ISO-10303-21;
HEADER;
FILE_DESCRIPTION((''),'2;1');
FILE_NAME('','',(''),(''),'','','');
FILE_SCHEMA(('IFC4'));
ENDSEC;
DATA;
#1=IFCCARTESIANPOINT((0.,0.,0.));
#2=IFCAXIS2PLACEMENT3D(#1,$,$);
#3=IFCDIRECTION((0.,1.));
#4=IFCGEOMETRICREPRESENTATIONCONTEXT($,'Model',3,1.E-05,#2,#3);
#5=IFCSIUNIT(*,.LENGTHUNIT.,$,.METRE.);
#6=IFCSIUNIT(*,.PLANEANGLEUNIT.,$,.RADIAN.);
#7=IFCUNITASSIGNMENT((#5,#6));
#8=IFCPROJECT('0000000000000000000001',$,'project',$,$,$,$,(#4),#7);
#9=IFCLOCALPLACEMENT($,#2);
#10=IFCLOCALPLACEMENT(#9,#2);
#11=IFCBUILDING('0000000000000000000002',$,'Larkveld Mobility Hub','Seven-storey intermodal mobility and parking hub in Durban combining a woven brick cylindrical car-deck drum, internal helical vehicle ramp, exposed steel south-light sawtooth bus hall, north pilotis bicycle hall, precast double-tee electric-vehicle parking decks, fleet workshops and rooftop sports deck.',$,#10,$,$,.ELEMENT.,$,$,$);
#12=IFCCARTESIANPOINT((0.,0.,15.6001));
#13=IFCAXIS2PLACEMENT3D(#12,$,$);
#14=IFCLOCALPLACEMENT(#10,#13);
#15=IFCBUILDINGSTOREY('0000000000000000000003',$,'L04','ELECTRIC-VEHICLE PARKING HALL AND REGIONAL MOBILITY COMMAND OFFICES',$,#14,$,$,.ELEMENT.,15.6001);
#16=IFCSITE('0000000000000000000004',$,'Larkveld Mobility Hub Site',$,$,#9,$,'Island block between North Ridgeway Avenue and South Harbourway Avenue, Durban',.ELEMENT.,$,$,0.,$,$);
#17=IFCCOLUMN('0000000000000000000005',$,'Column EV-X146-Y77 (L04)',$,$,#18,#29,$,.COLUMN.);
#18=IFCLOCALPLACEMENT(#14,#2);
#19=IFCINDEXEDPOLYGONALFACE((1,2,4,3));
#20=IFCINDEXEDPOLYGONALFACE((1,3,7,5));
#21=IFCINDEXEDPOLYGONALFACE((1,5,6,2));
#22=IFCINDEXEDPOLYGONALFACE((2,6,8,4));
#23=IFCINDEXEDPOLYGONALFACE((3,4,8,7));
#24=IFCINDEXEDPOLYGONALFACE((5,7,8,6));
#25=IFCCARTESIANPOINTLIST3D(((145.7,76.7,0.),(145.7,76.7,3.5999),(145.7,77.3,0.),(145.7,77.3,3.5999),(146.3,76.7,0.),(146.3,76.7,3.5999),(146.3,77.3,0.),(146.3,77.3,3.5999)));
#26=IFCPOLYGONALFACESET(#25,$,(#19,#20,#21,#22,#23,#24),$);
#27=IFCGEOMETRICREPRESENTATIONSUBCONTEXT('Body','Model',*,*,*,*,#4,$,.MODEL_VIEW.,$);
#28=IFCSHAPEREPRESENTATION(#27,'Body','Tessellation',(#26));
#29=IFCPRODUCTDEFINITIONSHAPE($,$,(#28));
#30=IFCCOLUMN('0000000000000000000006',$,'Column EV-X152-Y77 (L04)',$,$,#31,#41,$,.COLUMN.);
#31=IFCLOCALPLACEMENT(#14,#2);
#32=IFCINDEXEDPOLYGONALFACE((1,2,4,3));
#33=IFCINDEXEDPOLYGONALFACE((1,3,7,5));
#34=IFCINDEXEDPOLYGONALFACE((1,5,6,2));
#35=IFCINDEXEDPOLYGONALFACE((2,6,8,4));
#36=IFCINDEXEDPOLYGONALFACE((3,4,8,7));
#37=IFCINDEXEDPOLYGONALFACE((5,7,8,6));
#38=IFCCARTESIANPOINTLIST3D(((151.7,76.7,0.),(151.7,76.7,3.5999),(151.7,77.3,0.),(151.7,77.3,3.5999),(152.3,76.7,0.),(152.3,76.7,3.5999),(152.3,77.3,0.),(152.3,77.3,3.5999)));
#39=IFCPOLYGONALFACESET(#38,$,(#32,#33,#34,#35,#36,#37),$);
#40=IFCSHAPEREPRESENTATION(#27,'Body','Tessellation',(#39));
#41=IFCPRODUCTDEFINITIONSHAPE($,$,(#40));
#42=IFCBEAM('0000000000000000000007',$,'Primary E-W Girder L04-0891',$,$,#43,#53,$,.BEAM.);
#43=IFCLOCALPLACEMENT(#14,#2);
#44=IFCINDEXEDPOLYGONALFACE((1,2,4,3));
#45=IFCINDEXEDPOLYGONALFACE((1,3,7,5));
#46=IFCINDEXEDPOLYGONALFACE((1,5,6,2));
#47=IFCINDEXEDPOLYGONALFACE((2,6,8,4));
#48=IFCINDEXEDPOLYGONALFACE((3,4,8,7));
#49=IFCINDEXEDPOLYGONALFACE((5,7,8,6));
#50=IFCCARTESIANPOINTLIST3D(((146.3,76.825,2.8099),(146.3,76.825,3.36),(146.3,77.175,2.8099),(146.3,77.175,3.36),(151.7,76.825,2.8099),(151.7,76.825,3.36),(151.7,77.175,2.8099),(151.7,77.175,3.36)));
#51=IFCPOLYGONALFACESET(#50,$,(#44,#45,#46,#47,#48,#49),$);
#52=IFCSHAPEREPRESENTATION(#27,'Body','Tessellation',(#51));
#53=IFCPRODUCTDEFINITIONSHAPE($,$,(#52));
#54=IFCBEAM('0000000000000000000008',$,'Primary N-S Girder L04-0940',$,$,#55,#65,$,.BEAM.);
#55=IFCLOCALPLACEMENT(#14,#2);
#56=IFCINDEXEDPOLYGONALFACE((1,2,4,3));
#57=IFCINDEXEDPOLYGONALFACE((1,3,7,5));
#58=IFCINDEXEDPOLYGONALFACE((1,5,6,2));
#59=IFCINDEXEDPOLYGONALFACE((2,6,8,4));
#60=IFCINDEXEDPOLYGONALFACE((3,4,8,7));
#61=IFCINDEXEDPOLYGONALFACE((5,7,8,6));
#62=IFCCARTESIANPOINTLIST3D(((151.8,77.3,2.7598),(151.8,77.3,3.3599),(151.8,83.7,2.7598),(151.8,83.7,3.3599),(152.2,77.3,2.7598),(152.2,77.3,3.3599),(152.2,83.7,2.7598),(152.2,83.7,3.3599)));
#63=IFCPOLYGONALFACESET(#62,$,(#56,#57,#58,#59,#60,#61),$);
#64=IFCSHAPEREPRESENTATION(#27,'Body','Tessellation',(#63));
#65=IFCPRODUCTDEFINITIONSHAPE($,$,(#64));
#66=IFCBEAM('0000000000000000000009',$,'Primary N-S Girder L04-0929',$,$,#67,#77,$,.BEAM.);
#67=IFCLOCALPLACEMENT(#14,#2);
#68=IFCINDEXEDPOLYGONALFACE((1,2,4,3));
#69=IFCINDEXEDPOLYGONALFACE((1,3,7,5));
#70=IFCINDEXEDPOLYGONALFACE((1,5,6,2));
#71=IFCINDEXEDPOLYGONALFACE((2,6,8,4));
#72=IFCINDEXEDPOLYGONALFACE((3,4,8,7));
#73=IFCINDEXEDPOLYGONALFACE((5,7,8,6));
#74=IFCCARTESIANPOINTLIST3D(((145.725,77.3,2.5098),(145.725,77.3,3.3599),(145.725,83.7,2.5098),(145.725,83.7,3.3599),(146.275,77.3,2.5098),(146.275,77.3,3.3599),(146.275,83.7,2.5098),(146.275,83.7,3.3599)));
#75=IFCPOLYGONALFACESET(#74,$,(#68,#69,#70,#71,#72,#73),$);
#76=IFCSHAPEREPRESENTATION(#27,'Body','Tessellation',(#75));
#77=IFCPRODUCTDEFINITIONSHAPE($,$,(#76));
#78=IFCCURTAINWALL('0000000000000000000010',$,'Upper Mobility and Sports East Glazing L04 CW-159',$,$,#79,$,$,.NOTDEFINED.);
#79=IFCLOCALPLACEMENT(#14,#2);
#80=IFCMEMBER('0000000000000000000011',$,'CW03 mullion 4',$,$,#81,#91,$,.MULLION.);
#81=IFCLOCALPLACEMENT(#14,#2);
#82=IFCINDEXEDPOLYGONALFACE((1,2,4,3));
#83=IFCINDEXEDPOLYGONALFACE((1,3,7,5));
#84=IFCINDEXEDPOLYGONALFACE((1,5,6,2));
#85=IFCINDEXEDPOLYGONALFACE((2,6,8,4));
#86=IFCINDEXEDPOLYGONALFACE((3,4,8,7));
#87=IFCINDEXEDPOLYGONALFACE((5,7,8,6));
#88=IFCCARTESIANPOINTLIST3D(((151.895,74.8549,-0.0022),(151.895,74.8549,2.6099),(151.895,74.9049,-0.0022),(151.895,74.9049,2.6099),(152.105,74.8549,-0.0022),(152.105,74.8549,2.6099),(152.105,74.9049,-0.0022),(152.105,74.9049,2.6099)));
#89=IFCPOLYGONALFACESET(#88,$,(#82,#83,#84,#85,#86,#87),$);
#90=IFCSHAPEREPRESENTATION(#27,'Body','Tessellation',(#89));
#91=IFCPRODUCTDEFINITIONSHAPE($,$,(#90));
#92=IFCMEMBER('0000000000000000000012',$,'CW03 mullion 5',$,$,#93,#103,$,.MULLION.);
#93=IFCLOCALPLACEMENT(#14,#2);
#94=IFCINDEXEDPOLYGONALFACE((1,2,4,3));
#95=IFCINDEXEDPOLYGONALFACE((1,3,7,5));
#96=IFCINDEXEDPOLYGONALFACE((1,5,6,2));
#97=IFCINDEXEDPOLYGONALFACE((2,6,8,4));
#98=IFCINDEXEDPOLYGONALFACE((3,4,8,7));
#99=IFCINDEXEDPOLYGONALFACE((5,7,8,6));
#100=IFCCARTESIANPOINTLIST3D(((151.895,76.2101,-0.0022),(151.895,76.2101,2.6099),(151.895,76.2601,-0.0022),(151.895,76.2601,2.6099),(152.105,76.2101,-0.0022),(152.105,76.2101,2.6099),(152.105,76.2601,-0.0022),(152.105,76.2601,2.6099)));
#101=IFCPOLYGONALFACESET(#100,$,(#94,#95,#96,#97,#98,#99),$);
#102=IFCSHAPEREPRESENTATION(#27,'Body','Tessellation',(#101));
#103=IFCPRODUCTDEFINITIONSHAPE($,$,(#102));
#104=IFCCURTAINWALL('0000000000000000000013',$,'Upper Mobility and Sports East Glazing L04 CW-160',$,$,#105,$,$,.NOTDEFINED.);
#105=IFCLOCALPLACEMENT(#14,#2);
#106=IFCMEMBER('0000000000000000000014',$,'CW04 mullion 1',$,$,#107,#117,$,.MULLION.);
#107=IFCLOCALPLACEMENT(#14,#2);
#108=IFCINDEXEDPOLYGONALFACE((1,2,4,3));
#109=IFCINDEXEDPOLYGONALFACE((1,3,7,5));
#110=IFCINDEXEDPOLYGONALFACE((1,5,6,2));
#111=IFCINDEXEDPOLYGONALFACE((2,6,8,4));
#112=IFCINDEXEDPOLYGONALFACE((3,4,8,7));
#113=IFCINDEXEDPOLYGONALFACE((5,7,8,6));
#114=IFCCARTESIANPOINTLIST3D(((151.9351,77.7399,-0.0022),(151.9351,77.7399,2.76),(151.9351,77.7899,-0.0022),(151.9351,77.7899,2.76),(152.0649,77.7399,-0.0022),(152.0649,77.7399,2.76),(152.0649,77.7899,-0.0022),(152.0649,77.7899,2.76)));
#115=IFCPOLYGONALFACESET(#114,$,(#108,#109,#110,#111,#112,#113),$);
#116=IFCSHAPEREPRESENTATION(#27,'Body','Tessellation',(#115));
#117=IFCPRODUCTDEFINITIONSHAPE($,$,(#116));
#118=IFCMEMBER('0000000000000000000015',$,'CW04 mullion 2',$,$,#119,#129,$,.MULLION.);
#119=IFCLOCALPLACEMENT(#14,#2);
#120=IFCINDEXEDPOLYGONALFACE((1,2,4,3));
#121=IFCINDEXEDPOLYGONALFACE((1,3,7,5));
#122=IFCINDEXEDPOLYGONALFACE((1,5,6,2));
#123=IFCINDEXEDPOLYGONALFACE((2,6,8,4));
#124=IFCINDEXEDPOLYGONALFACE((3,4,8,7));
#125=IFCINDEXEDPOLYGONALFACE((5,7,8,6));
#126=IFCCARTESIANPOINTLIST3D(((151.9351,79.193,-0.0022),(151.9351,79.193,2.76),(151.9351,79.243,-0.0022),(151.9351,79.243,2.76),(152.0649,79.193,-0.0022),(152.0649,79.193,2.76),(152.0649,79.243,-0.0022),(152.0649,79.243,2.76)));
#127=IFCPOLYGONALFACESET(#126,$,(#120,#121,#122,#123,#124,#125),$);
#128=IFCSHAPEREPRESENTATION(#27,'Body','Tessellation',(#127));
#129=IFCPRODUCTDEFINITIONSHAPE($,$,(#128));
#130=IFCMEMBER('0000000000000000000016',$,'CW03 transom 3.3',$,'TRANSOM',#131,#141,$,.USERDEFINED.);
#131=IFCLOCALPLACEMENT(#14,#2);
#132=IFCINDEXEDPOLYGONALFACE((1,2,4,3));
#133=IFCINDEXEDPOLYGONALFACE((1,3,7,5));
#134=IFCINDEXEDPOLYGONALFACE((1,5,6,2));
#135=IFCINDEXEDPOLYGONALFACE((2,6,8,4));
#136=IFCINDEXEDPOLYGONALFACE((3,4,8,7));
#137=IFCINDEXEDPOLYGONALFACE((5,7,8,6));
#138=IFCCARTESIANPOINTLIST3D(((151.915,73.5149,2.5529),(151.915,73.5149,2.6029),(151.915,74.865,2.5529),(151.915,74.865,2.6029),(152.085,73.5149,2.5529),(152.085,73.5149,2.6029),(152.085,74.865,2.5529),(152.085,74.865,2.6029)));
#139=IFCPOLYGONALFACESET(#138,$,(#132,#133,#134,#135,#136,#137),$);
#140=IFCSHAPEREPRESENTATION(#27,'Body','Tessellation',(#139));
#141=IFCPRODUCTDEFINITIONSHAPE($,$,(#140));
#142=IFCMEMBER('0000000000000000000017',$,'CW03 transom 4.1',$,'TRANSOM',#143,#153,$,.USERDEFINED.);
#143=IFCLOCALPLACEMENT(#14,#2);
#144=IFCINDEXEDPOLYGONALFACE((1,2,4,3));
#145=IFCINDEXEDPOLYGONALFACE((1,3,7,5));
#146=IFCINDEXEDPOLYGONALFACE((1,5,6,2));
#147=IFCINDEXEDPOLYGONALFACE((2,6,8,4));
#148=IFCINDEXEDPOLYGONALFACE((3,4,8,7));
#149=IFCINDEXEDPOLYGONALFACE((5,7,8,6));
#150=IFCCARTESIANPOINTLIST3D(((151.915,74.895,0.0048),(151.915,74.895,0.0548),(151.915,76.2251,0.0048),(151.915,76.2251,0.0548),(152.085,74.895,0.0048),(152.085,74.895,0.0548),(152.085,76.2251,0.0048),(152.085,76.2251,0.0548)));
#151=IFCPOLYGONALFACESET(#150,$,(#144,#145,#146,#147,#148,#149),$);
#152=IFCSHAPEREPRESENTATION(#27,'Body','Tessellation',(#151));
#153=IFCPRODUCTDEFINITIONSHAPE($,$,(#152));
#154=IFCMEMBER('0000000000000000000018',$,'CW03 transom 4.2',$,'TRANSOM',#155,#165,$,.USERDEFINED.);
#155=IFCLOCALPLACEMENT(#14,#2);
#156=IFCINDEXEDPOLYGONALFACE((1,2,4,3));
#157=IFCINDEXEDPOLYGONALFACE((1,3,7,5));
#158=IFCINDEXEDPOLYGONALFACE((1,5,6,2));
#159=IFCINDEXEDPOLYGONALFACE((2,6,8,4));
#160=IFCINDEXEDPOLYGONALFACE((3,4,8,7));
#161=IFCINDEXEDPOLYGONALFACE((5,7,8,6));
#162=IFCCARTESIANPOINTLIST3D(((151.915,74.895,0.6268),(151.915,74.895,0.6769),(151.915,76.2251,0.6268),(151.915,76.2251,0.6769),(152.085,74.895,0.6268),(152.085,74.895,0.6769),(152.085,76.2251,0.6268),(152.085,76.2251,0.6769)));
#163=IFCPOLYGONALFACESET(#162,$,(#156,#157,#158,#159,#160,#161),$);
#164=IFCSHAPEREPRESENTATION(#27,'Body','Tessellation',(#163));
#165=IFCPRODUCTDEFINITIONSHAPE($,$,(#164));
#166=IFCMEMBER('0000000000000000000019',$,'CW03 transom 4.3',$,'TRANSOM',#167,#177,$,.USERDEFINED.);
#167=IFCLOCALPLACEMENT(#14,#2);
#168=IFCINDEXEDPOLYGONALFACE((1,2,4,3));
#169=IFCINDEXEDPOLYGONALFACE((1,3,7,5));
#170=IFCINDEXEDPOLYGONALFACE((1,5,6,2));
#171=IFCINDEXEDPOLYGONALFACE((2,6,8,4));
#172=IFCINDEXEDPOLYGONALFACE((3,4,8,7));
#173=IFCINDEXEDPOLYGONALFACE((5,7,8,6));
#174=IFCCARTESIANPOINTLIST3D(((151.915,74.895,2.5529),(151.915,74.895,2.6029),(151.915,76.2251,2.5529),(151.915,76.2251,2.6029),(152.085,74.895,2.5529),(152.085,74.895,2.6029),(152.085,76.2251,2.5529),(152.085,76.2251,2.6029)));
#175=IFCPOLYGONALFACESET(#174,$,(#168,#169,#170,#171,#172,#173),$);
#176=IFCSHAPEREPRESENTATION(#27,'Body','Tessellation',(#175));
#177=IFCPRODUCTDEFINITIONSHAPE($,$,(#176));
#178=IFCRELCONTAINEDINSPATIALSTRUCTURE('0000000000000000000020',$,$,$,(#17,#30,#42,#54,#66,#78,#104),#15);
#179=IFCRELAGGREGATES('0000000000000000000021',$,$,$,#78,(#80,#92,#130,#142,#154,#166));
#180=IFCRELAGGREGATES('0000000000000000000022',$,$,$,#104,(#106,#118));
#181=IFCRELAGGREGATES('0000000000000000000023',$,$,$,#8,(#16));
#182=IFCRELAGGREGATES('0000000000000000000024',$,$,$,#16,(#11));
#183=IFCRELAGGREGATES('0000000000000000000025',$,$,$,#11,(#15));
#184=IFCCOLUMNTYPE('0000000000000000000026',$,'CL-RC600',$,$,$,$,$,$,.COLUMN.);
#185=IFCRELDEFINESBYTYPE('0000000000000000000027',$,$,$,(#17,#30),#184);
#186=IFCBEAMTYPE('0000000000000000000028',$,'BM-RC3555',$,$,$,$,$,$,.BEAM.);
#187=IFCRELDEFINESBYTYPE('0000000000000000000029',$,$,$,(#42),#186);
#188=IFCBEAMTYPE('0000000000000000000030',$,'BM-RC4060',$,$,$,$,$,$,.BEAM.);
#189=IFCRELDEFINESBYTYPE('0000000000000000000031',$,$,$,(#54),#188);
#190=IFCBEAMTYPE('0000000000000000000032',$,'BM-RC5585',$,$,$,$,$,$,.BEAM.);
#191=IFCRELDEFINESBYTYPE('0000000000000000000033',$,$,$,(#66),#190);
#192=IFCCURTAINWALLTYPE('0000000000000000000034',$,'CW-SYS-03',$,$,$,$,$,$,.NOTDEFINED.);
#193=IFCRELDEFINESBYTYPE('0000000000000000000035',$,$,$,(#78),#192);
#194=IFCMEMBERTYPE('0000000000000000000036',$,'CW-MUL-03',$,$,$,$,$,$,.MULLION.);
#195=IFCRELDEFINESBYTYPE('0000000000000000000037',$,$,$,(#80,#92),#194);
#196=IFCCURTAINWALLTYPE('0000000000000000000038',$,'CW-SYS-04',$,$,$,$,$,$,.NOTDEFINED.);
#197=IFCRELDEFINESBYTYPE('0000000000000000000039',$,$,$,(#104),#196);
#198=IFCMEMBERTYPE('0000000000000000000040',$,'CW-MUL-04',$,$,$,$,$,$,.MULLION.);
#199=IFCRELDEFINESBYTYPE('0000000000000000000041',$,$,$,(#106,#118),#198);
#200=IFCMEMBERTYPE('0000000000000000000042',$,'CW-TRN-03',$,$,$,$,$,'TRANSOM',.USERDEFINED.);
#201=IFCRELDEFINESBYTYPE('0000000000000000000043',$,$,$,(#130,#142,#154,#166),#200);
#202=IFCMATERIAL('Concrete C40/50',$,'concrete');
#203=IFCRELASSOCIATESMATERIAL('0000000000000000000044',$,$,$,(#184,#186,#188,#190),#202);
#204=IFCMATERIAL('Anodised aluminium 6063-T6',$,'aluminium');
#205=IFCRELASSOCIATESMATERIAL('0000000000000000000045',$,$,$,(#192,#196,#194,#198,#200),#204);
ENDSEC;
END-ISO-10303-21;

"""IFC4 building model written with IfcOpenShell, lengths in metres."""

from ifc_helpers import new_model, si_unit, direction, frame, origin, origin_2d, place, context, subcontext, project, spatial, rectangle, extrude, material, material_profile, profile_set, type_object, element, aggregate, save


model = new_model("IFC4")

# Units and contexts
model_context = context("Model", 3, precision=1e-05, world=origin(), true_north=direction((0.0, 1.0)))
body_context = subcontext(model_context, "Body", "Model", "MODEL_VIEW")
ifc_project = project(units=[si_unit("LENGTHUNIT", "METRE"), si_unit("PLANEANGLEUNIT", "RADIAN")], contexts=[model_context])

# Site, building, storey
site_placement = place(None, origin())
site = spatial("IfcSite", under=ifc_project, at=site_placement, Name="Larkveld Mobility Hub Site", LongName="Island block between North Ridgeway Avenue and South Harbourway Avenue, Durban", CompositionType="ELEMENT", RefElevation=0.0)
building_placement = place(site_placement, origin())
building = spatial("IfcBuilding", under=site, at=building_placement, Name="Larkveld Mobility Hub", Description="Seven-storey intermodal mobility and parking hub in Durban combining a woven brick cylindrical car-deck drum, internal helical vehicle ramp, exposed steel south-light sawtooth bus hall, north pilotis bicycle hall, precast double-tee electric-vehicle parking decks, fleet workshops and rooftop sports deck.", CompositionType="ELEMENT")
storey_placement = place(building_placement, frame((0.0, 0.0, 15.6001)))
storey = spatial("IfcBuildingStorey", under=building, at=storey_placement, Name="L04", Description="ELECTRIC-VEHICLE PARKING HALL AND REGIONAL MOBILITY COMMAND OFFICES", CompositionType="ELEMENT", Elevation=15.6001)

# Columns
ifc_material_1 = material(Name="Concrete C40/50", Category="concrete")
ifc_material_profile_1 = material_profile(ifc_material_1, rectangle(XDim=0.6001, YDim=0.6001, at=origin_2d()), Name="RC COL 600x600")
ifc_profile_set_1 = profile_set([ifc_material_profile_1], Name="Concrete C40/50")
column_type = type_object("IfcColumnType", Name="CL-RC600", PredefinedType="COLUMN", material=ifc_profile_set_1)
for number, where, z_axis, x_axis, name in (
    (1, (146.0, 77.0, 0.0), (0.0, 0.0, 1.0), (1.0, 0.0, 0.0), "Column EV-X146-Y77 (L04)"),
    (2, (152.0, 77.0, 0.0), (0.0, 0.0, 1.0), (1.0, 0.0, 0.0), "Column EV-X152-Y77 (L04)"),
):
    element("IfcColumn", number, at=place(storey_placement, frame(where, z_axis=z_axis, x_axis=x_axis)), inside=storey, type_object=column_type, Name=name, PredefinedType="COLUMN", context=body_context, shape_type="SweptSolid", body=[
        extrude(rectangle(XDim=0.6001, YDim=0.6001, at=origin_2d()), origin(), (0.0, 0.0, 1.0), 3.5999),
    ])

# Beams
ifc_material_profile_2 = material_profile(ifc_material_1, rectangle(XDim=0.3501, YDim=0.55, at=origin_2d()), Name="RC BM 350x550")
ifc_profile_set_2 = profile_set([ifc_material_profile_2], Name="Concrete C40/50")
beam_type_1 = type_object("IfcBeamType", Name="BM-RC3555", PredefinedType="BEAM", material=ifc_profile_set_2)
beam_1_placement = place(storey_placement, frame((146.3, 77.0, 3.085), z_axis=(1.0, 0.0, 0.0), x_axis=(0.0, 1.0, 0.0)))
element("IfcBeam", 3, at=beam_1_placement, inside=storey, type_object=beam_type_1, Name="Primary E-W Girder L04-0891", PredefinedType="BEAM", context=body_context, shape_type="SweptSolid", body=[
    extrude(rectangle(XDim=0.3501, YDim=0.55, at=origin_2d()), origin(), (0.0, 0.0, 1.0), 5.3999),
])
ifc_material_profile_3 = material_profile(ifc_material_1, rectangle(XDim=0.3999, YDim=0.6001, at=origin_2d()), Name="RC BM 400x600")
ifc_profile_set_3 = profile_set([ifc_material_profile_3], Name="Concrete C40/50")
beam_type_2 = type_object("IfcBeamType", Name="BM-RC4060", PredefinedType="BEAM", material=ifc_profile_set_3)
beam_2_placement = place(storey_placement, frame((152.0, 77.3, 3.0598), z_axis=(0.0, 1.0, 0.0), x_axis=(-1.0, 0.0, 0.0)))
element("IfcBeam", 4, at=beam_2_placement, inside=storey, type_object=beam_type_2, Name="Primary N-S Girder L04-0940", PredefinedType="BEAM", context=body_context, shape_type="SweptSolid", body=[
    extrude(rectangle(XDim=0.3999, YDim=0.6001, at=origin_2d()), origin(), (0.0, 0.0, 1.0), 6.3999),
])
ifc_material_profile_4 = material_profile(ifc_material_1, rectangle(XDim=0.55, YDim=0.8501, at=origin_2d()), Name="RC BM 550x850")
ifc_profile_set_4 = profile_set([ifc_material_profile_4], Name="Concrete C40/50")
beam_type_3 = type_object("IfcBeamType", Name="BM-RC5585", PredefinedType="BEAM", material=ifc_profile_set_4)
beam_3_placement = place(storey_placement, frame((146.0, 77.3, 2.9348), z_axis=(0.0, 1.0, 0.0), x_axis=(-1.0, 0.0, 0.0)))
element("IfcBeam", 5, at=beam_3_placement, inside=storey, type_object=beam_type_3, Name="Primary N-S Girder L04-0929", PredefinedType="BEAM", context=body_context, shape_type="SweptSolid", body=[
    extrude(rectangle(XDim=0.55, YDim=0.8501, at=origin_2d()), origin(), (0.0, 0.0, 1.0), 6.3999),
])

# Curtain walls, members
ifc_material_2 = material(Name="Anodised aluminium 6063-T6", Category="aluminium")
curtain_wall_type_1 = type_object("IfcCurtainWallType", Name="CW-SYS-03", PredefinedType="NOTDEFINED", material=ifc_material_2)
curtain_wall_1_placement = place(storey_placement, origin())
curtain_wall_1 = element("IfcCurtainWall", 6, at=curtain_wall_1_placement, inside=storey, type_object=curtain_wall_type_1, Name="Upper Mobility and Sports East Glazing L04 CW-159", PredefinedType="NOTDEFINED")
ifc_material_profile_5 = material_profile(ifc_material_2, rectangle(XDim=0.05, YDim=0.21, at=origin_2d()), Name="ALU MULL 50x210")
ifc_profile_set_5 = profile_set([ifc_material_profile_5], Name="Anodised aluminium 6063-T6")
member_type_1 = type_object("IfcMemberType", Name="CW-MUL-03", PredefinedType="MULLION", material=ifc_profile_set_5)
member_1_placement = place(storey_placement, frame((152.0, 74.8799, -0.0022), z_axis=(0.0, 0.0, 1.0), x_axis=(0.0, 1.0, 0.0)))
member_1 = element("IfcMember", 7, at=member_1_placement, type_object=member_type_1, Name="CW03 mullion 4", PredefinedType="MULLION", context=body_context, shape_type="SweptSolid", body=[
    extrude(rectangle(XDim=0.05, YDim=0.21, at=origin_2d()), origin(), (0.0, 0.0, 1.0), 2.6121),
])
member_2_placement = place(storey_placement, frame((152.0, 76.2351, -0.0022), z_axis=(0.0, 0.0, 1.0), x_axis=(0.0, 1.0, 0.0)))
member_2 = element("IfcMember", 8, at=member_2_placement, type_object=member_type_1, Name="CW03 mullion 5", PredefinedType="MULLION", context=body_context, shape_type="SweptSolid", body=[
    extrude(rectangle(XDim=0.05, YDim=0.21, at=origin_2d()), origin(), (0.0, 0.0, 1.0), 2.6121),
])
curtain_wall_type_2 = type_object("IfcCurtainWallType", Name="CW-SYS-04", PredefinedType="NOTDEFINED", material=ifc_material_2)
curtain_wall_2_placement = place(storey_placement, origin())
curtain_wall_2 = element("IfcCurtainWall", 9, at=curtain_wall_2_placement, inside=storey, type_object=curtain_wall_type_2, Name="Upper Mobility and Sports East Glazing L04 CW-160", PredefinedType="NOTDEFINED")
ifc_material_profile_6 = material_profile(ifc_material_2, rectangle(XDim=0.05, YDim=0.1299, at=origin_2d()), Name="ALU MULL 50x130")
ifc_profile_set_6 = profile_set([ifc_material_profile_6], Name="Anodised aluminium 6063-T6")
member_type_2 = type_object("IfcMemberType", Name="CW-MUL-04", PredefinedType="MULLION", material=ifc_profile_set_6)
member_3_placement = place(storey_placement, frame((152.0, 77.7649, -0.0022), z_axis=(0.0, 0.0, 1.0), x_axis=(0.0, 1.0, 0.0)))
member_3 = element("IfcMember", 10, at=member_3_placement, type_object=member_type_2, Name="CW04 mullion 1", PredefinedType="MULLION", context=body_context, shape_type="SweptSolid", body=[
    extrude(rectangle(XDim=0.05, YDim=0.1299, at=origin_2d()), origin(), (0.0, 0.0, 1.0), 2.7622),
])
member_4_placement = place(storey_placement, frame((152.0, 79.218, -0.0022), z_axis=(0.0, 0.0, 1.0), x_axis=(0.0, 1.0, 0.0)))
member_4 = element("IfcMember", 11, at=member_4_placement, type_object=member_type_2, Name="CW04 mullion 2", PredefinedType="MULLION", context=body_context, shape_type="SweptSolid", body=[
    extrude(rectangle(XDim=0.05, YDim=0.1299, at=origin_2d()), origin(), (0.0, 0.0, 1.0), 2.7622),
])

# Members
ifc_material_profile_7 = material_profile(ifc_material_2, rectangle(XDim=0.1699, YDim=0.05, at=origin_2d()), Name="ALU TRAN 50x170")
ifc_profile_set_7 = profile_set([ifc_material_profile_7], Name="Anodised aluminium 6063-T6")
member_type_3 = type_object("IfcMemberType", Name="CW-TRN-03", ElementType="TRANSOM", PredefinedType="USERDEFINED", material=ifc_profile_set_7)
member_5_placement = place(storey_placement, frame((152.0, 73.5149, 2.5779), z_axis=(0.0, 1.0, 0.0), x_axis=(-1.0, 0.0, 0.0)))
member_5 = element("IfcMember", 12, at=member_5_placement, type_object=member_type_3, Name="CW03 transom 3.3", ObjectType="TRANSOM", PredefinedType="USERDEFINED", context=body_context, shape_type="SweptSolid", body=[
    extrude(rectangle(XDim=0.1699, YDim=0.05, at=origin_2d()), origin(), (0.0, 0.0, 1.0), 1.3501),
])
member_6_placement = place(storey_placement, frame((152.0, 74.895, 0.0298), z_axis=(0.0, 1.0, 0.0), x_axis=(-1.0, 0.0, 0.0)))
member_6 = element("IfcMember", 13, at=member_6_placement, type_object=member_type_3, Name="CW03 transom 4.1", ObjectType="TRANSOM", PredefinedType="USERDEFINED", context=body_context, shape_type="SweptSolid", body=[
    extrude(rectangle(XDim=0.1699, YDim=0.05, at=origin_2d()), origin(), (0.0, 0.0, 1.0), 1.3301),
])
member_7_placement = place(storey_placement, frame((152.0, 74.895, 0.6519), z_axis=(0.0, 1.0, 0.0), x_axis=(-1.0, 0.0, 0.0)))
member_7 = element("IfcMember", 14, at=member_7_placement, type_object=member_type_3, Name="CW03 transom 4.2", ObjectType="TRANSOM", PredefinedType="USERDEFINED", context=body_context, shape_type="SweptSolid", body=[
    extrude(rectangle(XDim=0.1699, YDim=0.05, at=origin_2d()), origin(), (0.0, 0.0, 1.0), 1.3301),
])
member_8_placement = place(storey_placement, frame((152.0, 74.895, 2.5779), z_axis=(0.0, 1.0, 0.0), x_axis=(-1.0, 0.0, 0.0)))
member_8 = element("IfcMember", 15, at=member_8_placement, type_object=member_type_3, Name="CW03 transom 4.3", ObjectType="TRANSOM", PredefinedType="USERDEFINED", context=body_context, shape_type="SweptSolid", body=[
    extrude(rectangle(XDim=0.1699, YDim=0.05, at=origin_2d()), origin(), (0.0, 0.0, 1.0), 1.3301),
])

aggregate(curtain_wall_1, [member_1, member_2, member_5, member_6, member_7, member_8])
aggregate(curtain_wall_2, [member_3, member_4])

save(model, "model.ifc")
